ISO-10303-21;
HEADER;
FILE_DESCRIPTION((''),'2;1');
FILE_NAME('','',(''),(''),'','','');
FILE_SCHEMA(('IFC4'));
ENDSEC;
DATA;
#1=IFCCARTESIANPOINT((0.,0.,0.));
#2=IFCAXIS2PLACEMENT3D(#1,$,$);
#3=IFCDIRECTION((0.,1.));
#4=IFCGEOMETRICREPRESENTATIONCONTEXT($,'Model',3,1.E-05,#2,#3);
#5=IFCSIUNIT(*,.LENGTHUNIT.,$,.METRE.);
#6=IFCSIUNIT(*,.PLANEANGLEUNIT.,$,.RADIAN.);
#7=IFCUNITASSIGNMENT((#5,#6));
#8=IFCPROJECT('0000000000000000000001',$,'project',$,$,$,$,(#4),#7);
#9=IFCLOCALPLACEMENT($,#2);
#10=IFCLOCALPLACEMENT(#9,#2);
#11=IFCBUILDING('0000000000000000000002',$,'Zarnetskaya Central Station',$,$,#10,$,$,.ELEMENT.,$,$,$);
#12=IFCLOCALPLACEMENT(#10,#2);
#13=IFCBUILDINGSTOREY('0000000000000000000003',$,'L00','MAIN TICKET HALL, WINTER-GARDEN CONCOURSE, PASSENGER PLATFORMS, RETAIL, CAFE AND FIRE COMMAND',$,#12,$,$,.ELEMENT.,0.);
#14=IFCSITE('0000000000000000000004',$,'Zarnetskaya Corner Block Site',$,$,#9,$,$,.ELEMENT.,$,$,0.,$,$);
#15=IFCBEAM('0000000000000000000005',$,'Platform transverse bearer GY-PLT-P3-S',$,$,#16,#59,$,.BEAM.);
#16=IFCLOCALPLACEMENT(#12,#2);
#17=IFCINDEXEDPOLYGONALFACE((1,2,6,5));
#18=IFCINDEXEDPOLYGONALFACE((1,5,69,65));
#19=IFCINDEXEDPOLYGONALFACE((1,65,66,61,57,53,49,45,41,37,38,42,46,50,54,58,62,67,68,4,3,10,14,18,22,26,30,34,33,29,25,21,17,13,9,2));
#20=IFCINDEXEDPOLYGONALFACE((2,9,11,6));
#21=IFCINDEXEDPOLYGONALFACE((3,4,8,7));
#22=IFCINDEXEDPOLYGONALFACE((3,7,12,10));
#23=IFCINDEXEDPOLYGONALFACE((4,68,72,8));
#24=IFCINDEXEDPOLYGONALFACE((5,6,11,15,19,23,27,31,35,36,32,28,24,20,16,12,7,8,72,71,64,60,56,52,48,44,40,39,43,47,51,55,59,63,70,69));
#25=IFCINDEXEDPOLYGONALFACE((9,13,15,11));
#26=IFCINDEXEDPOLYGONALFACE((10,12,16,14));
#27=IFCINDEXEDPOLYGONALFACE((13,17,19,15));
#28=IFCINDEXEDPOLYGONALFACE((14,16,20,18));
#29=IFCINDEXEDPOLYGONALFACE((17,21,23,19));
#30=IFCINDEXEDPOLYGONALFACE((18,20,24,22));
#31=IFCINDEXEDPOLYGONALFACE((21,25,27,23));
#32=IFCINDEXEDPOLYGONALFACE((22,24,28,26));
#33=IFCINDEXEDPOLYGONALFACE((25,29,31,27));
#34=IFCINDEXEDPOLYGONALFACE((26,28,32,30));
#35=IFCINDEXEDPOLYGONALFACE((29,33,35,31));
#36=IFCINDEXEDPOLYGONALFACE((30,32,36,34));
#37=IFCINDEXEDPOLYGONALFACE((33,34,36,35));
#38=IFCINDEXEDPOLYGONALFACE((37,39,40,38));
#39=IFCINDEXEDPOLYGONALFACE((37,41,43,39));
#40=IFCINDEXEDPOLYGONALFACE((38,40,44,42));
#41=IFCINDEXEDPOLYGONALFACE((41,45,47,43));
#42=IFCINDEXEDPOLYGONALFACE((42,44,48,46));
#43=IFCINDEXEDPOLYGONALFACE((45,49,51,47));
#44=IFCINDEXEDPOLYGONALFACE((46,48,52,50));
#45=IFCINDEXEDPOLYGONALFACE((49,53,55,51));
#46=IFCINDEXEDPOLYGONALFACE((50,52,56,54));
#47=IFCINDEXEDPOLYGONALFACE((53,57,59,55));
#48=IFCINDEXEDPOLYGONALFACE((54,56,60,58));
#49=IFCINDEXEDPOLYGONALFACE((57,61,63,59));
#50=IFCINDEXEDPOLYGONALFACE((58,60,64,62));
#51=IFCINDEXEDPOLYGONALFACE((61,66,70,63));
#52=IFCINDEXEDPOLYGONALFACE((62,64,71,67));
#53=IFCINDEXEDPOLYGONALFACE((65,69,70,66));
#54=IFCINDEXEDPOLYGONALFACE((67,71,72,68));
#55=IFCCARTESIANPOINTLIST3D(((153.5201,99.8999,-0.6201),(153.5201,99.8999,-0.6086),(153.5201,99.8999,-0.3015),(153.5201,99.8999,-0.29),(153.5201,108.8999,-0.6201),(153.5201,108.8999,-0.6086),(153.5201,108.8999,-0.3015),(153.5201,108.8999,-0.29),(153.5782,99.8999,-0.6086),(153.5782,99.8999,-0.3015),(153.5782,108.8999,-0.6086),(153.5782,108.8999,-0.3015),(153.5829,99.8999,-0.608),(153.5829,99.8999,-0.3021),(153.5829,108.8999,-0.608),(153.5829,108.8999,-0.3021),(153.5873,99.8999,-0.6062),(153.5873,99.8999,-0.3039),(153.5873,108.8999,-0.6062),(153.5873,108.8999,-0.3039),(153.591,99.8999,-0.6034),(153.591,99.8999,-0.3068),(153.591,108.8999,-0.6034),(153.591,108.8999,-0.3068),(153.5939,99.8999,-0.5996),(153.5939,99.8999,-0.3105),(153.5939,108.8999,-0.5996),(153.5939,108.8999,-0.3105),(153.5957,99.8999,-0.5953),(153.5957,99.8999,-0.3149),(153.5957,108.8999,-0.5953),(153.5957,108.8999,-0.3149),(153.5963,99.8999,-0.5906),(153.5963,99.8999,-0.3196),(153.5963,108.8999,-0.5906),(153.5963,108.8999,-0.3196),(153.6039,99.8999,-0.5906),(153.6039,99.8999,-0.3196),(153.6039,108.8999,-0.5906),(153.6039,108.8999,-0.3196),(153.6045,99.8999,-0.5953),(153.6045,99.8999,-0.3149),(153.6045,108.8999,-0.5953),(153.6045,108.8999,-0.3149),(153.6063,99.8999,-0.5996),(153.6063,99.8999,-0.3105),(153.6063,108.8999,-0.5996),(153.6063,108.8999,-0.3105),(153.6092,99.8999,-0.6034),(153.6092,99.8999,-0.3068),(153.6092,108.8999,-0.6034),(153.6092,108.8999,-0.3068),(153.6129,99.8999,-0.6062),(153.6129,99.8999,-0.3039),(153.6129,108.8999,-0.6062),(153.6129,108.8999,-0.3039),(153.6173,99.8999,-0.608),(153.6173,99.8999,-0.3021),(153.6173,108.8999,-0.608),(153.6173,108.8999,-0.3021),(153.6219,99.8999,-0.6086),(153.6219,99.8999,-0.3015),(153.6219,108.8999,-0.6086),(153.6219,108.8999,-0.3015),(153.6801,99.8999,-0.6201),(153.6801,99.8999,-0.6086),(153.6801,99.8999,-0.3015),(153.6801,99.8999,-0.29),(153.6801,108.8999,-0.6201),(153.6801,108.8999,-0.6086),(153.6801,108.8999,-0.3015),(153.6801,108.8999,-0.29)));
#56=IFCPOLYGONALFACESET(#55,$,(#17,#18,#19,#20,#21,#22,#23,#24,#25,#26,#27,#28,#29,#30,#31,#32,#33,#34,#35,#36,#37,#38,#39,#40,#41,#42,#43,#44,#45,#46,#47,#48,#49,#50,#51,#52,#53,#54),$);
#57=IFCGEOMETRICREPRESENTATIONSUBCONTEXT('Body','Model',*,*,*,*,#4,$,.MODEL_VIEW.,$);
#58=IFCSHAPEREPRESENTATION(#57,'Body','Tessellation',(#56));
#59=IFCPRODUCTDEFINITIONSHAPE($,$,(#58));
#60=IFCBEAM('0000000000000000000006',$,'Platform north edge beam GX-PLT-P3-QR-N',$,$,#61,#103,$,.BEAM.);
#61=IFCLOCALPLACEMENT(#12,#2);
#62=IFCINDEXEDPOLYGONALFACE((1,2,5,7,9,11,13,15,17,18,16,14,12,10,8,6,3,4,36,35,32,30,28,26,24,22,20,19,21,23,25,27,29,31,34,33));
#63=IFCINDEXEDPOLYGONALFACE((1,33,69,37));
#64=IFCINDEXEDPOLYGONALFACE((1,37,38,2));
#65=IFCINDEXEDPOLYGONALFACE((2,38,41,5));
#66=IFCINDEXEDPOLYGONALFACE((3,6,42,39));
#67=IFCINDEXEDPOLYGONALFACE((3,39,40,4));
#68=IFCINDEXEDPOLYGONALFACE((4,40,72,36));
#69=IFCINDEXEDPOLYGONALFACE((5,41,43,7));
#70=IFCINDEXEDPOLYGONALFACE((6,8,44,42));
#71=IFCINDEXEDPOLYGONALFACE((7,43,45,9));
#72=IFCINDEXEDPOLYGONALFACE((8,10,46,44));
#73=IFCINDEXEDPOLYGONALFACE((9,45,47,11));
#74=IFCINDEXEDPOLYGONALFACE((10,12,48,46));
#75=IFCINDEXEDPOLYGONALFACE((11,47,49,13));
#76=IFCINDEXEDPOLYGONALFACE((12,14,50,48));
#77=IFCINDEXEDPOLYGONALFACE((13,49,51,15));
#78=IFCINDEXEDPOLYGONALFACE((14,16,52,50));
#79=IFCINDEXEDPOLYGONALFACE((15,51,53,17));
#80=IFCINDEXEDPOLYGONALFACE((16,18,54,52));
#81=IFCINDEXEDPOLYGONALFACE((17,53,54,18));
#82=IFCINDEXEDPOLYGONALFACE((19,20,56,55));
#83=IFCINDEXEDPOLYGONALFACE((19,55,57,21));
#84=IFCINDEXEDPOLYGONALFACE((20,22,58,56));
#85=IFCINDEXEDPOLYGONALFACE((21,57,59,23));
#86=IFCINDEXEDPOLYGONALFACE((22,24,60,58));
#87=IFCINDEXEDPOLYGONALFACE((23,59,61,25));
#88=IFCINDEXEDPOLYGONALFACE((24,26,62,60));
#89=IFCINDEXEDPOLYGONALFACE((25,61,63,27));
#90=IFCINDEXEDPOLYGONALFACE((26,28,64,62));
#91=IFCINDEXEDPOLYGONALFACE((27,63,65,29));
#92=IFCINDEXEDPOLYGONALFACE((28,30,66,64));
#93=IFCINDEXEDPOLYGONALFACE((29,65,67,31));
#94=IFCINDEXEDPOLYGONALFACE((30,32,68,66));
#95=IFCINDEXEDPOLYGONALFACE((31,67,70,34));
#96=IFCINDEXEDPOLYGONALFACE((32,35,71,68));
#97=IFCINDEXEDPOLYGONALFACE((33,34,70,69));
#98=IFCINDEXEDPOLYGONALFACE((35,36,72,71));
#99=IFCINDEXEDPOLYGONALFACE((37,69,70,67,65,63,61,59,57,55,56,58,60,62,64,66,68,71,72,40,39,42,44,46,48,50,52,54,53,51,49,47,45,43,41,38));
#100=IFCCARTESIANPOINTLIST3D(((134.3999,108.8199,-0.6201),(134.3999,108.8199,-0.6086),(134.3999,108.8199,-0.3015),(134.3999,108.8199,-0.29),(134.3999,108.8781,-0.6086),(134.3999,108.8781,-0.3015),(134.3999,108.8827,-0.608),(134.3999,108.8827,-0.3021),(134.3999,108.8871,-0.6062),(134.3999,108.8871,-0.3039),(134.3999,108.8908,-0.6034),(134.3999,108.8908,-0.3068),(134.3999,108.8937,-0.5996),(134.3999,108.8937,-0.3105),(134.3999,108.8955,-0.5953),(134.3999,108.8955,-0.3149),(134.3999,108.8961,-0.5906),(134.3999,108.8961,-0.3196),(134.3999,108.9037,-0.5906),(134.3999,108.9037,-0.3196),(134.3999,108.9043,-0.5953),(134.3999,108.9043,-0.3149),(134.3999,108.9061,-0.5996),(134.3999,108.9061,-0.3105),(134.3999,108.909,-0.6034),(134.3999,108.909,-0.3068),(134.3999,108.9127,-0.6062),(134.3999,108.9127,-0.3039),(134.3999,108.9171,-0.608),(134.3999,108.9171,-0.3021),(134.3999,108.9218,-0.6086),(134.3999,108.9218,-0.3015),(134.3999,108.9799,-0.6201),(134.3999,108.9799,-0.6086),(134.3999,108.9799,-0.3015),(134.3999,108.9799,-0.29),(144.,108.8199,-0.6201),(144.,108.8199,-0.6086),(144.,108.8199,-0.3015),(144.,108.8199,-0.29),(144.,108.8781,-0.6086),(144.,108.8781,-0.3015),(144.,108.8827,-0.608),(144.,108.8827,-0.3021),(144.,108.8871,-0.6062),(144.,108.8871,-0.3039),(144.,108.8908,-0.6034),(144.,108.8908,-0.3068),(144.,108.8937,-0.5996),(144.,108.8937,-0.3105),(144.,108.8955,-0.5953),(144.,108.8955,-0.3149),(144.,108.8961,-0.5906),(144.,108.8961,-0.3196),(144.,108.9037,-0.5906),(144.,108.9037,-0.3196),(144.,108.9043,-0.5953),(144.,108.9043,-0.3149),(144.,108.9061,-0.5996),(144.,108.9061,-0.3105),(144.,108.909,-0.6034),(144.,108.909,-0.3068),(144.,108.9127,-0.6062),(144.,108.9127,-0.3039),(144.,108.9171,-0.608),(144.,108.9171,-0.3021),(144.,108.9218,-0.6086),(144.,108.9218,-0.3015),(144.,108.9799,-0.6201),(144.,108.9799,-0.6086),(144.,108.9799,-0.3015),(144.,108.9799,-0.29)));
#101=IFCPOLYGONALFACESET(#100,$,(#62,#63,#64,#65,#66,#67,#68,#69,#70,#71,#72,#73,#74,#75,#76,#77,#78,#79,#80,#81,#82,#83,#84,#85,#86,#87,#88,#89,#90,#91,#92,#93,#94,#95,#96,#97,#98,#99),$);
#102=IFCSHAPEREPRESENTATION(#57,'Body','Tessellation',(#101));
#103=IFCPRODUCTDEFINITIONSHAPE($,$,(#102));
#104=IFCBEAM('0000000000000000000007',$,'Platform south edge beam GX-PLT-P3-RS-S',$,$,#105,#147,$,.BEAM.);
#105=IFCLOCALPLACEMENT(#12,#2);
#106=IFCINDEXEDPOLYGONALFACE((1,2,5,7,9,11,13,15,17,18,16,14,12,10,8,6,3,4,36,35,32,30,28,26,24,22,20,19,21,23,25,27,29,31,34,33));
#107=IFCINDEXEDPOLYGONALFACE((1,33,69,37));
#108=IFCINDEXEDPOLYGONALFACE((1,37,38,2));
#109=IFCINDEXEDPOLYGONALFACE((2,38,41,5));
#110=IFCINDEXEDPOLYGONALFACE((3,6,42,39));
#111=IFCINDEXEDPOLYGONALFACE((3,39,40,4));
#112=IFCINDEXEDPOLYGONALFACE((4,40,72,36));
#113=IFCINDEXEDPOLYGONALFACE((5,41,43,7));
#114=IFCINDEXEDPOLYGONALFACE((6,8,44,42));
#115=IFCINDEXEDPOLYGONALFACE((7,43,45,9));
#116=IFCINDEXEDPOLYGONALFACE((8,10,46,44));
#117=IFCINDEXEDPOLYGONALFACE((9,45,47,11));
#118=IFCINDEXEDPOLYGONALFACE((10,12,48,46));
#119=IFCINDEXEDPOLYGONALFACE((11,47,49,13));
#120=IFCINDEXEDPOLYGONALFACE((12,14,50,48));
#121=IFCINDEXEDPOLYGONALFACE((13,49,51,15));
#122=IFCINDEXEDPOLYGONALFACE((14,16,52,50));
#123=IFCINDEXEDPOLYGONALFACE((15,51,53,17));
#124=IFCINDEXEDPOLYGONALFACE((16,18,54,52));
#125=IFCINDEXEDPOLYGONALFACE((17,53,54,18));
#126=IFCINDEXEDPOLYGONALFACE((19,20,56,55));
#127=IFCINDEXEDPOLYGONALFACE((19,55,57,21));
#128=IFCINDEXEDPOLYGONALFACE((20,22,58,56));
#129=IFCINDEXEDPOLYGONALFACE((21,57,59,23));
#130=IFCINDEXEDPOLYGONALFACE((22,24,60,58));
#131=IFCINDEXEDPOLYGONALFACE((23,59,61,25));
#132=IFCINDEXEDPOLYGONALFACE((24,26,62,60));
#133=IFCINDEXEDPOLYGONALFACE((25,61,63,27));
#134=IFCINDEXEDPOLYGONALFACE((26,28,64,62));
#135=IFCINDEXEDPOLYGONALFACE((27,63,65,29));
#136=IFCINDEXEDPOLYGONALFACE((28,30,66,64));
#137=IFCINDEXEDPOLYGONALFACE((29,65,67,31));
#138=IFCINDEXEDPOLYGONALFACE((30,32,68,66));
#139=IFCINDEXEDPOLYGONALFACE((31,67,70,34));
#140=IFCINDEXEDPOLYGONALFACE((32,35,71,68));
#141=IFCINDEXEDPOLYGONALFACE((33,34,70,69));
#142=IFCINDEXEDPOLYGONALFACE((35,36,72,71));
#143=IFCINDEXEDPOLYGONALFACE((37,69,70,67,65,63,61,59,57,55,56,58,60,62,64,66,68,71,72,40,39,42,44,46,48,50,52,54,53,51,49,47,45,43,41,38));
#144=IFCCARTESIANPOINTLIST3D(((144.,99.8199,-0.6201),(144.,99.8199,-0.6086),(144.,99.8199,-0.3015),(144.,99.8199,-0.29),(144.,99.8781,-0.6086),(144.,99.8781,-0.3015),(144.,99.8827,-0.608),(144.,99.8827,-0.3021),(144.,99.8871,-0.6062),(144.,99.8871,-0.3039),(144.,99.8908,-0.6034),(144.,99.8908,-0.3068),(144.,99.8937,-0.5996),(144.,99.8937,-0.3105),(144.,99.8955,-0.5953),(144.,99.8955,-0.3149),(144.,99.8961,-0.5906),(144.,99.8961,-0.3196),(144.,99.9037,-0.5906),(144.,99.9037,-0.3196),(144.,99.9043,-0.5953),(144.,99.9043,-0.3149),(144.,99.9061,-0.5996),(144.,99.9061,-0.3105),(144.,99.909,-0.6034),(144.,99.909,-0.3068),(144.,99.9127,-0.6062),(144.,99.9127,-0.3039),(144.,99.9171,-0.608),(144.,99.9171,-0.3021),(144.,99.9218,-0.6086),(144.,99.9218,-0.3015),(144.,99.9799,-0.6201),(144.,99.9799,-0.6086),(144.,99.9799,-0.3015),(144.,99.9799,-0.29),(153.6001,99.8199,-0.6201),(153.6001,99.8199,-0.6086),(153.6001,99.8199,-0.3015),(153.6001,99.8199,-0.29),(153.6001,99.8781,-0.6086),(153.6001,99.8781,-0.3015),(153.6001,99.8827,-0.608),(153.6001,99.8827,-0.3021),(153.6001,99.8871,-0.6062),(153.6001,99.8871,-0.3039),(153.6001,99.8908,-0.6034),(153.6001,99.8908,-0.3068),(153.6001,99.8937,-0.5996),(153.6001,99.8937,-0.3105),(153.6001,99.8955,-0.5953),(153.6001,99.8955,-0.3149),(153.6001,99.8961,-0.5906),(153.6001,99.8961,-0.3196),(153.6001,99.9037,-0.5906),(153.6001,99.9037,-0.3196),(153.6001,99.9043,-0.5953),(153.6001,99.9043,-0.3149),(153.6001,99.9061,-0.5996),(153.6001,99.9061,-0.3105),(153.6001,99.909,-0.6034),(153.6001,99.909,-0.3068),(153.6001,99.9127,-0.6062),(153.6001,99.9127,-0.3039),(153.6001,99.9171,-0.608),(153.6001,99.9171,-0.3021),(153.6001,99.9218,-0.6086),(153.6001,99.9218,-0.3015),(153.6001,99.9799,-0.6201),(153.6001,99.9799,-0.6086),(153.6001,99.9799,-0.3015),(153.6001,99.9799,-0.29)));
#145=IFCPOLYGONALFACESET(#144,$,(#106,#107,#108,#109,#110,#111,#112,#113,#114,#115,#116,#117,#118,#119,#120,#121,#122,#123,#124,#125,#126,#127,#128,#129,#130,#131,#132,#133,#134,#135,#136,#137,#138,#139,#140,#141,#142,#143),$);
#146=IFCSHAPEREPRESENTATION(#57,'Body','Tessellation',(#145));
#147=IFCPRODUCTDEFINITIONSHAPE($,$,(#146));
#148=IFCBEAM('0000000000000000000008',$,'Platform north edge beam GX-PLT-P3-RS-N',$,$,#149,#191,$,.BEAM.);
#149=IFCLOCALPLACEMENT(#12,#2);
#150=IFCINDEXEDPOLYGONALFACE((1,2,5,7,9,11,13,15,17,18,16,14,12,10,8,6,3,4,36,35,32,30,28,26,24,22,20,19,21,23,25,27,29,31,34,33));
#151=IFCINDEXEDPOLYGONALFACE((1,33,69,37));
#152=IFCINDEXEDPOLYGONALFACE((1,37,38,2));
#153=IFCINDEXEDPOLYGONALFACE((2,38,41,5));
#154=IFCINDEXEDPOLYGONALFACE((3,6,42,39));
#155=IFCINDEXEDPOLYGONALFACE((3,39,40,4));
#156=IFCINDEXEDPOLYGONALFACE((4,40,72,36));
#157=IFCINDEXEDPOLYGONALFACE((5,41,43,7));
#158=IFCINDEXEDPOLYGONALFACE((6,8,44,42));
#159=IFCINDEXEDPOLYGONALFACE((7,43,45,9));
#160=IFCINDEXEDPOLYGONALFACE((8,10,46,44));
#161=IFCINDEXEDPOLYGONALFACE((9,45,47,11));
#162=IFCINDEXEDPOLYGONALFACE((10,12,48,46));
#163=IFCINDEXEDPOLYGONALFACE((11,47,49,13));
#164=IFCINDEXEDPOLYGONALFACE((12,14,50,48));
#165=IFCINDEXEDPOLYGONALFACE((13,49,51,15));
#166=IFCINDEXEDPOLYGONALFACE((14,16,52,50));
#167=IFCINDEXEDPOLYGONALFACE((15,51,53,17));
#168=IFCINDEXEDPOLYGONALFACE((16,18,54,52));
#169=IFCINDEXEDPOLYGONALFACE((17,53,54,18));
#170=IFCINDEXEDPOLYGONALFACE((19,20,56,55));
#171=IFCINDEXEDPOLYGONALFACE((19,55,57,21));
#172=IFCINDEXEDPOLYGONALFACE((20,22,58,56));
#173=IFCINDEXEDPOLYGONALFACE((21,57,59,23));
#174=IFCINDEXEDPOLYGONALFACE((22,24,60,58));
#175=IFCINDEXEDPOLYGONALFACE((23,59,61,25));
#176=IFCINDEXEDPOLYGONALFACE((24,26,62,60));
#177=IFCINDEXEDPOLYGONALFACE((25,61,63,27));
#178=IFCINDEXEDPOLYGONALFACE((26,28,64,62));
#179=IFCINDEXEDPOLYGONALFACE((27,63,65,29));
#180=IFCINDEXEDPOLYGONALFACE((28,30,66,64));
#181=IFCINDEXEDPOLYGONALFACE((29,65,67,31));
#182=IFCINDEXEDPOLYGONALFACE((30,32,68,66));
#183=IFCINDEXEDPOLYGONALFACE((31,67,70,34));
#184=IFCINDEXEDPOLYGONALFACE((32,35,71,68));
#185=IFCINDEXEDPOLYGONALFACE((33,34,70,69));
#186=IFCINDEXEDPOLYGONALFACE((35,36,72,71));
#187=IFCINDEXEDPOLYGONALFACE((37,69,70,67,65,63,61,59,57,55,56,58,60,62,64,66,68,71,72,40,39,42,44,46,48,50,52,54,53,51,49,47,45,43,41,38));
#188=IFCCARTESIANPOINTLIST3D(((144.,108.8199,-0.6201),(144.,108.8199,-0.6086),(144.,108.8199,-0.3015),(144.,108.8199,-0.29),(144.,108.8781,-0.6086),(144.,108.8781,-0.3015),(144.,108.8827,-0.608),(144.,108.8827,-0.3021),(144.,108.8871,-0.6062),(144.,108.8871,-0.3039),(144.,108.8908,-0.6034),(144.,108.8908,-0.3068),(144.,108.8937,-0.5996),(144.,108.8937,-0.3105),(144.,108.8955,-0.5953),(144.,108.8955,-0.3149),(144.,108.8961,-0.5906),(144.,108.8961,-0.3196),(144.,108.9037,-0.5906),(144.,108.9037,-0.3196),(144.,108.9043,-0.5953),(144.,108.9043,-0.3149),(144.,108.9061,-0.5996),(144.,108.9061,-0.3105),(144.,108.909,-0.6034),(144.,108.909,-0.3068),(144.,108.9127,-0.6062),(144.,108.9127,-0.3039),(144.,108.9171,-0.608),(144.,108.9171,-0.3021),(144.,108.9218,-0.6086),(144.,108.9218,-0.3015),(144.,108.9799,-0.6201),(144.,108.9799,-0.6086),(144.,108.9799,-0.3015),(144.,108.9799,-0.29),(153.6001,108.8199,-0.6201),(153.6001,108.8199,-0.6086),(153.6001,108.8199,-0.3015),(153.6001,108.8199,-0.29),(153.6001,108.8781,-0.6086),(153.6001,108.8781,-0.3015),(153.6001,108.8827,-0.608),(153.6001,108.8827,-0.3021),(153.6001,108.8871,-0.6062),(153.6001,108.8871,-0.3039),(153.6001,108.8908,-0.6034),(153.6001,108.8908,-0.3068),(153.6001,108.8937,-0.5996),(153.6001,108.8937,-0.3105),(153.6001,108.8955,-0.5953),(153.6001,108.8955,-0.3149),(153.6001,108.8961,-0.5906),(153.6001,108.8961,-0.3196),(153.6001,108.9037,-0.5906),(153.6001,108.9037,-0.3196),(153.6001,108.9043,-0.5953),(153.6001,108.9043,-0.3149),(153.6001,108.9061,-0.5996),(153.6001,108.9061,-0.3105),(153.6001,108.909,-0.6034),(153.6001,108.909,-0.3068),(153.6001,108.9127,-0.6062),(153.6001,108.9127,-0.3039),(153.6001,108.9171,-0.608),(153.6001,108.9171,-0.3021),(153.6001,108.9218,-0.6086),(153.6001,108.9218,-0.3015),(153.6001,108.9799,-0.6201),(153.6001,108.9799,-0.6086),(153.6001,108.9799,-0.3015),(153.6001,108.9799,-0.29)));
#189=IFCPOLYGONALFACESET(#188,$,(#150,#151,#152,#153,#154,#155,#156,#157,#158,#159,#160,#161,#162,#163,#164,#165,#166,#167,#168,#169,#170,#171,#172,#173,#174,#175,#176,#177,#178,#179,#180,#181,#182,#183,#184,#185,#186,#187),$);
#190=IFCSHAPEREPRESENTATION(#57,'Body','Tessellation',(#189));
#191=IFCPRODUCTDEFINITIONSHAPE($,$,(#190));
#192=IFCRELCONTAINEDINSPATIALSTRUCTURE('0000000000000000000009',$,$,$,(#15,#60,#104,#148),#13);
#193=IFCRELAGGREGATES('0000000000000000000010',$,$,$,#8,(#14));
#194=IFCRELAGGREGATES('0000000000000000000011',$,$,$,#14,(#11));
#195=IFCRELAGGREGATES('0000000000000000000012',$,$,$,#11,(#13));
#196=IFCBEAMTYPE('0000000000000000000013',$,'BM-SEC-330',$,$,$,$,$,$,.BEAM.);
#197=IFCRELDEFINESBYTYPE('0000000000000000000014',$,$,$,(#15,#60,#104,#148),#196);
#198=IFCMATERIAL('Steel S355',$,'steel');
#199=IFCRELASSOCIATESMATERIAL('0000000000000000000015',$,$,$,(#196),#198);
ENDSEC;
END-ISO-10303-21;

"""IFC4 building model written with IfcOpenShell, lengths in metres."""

from ifc_helpers import new_model, si_unit, direction, frame, origin, origin_2d, place, context, subcontext, project, spatial, i_section, extrude, material, material_profile, profile_set, type_object, element, save


model = new_model("IFC4")

# Units and contexts
model_context = context("Model", 3, precision=1e-05, world=origin(), true_north=direction((0.0, 1.0)))
body_context = subcontext(model_context, "Body", "Model", "MODEL_VIEW")
ifc_project = project(units=[si_unit("LENGTHUNIT", "METRE"), si_unit("PLANEANGLEUNIT", "RADIAN")], contexts=[model_context])

# Site, building, storey
site_placement = place(None, origin())
site = spatial("IfcSite", under=ifc_project, at=site_placement, Name="Zarnetskaya Corner Block Site", CompositionType="ELEMENT", RefElevation=0.0)
building_placement = place(site_placement, origin())
building = spatial("IfcBuilding", under=site, at=building_placement, Name="Zarnetskaya Central Station", CompositionType="ELEMENT")
storey_placement = place(building_placement, origin())
storey = spatial("IfcBuildingStorey", under=building, at=storey_placement, Name="L00", Description="MAIN TICKET HALL, WINTER-GARDEN CONCOURSE, PASSENGER PLATFORMS, RETAIL, CAFE AND FIRE COMMAND", CompositionType="ELEMENT", Elevation=0.0)

# Shared definitions
ifc_material = material(Name="Steel S355", Category="steel")

# Beams
ifc_material_profile_1 = material_profile(ifc_material, i_section(OverallWidth=0.1599, OverallDepth=0.3301, WebThickness=0.0076, FlangeThickness=0.0115, FilletRadius=0.0181, at=origin_2d()), Name="IPE 330")
ifc_profile_set_1 = profile_set([ifc_material_profile_1], Name="Steel S355")
beam_type_1 = type_object("IfcBeamType", Name="BM-SEC-330", PredefinedType="BEAM", material=ifc_profile_set_1)
for number, where, z_axis, x_axis, name in (
    (1, (153.6001, 99.8999, -0.4551), (0.0, 1.0, 0.0), (-1.0, 0.0, 0.0), "Platform transverse bearer GY-PLT-P3-S"),
):
    element("IfcBeam", number, at=place(storey_placement, frame(where, z_axis=z_axis, x_axis=x_axis)), inside=storey, type_object=beam_type_1, Name=name, PredefinedType="BEAM", context=body_context, shape_type="SweptSolid", body=[
        extrude(i_section(OverallWidth=0.1599, OverallDepth=0.3301, WebThickness=0.0076, FlangeThickness=0.0115, FilletRadius=0.0181, at=origin_2d()), origin(), (0.0, 0.0, 1.0), 9.0),
    ])
for number, where, z_axis, x_axis, name in (
    (2, (134.3999, 108.8999, -0.4551), (1.0, 0.0, 0.0), (0.0, 1.0, 0.0), "Platform north edge beam GX-PLT-P3-QR-N"),
    (3, (144.0, 99.8999, -0.4551), (1.0, 0.0, 0.0), (0.0, 1.0, 0.0), "Platform south edge beam GX-PLT-P3-RS-S"),
    (4, (144.0, 108.8999, -0.4551), (1.0, 0.0, 0.0), (0.0, 1.0, 0.0), "Platform north edge beam GX-PLT-P3-RS-N"),
):
    element("IfcBeam", number, at=place(storey_placement, frame(where, z_axis=z_axis, x_axis=x_axis)), inside=storey, type_object=beam_type_1, Name=name, PredefinedType="BEAM", context=body_context, shape_type="SweptSolid", body=[
        extrude(i_section(OverallWidth=0.1599, OverallDepth=0.3301, WebThickness=0.0076, FlangeThickness=0.0115, FilletRadius=0.0181, at=origin_2d()), origin(), (0.0, 0.0, 1.0), 9.6001),
    ])

save(model, "model.ifc")
